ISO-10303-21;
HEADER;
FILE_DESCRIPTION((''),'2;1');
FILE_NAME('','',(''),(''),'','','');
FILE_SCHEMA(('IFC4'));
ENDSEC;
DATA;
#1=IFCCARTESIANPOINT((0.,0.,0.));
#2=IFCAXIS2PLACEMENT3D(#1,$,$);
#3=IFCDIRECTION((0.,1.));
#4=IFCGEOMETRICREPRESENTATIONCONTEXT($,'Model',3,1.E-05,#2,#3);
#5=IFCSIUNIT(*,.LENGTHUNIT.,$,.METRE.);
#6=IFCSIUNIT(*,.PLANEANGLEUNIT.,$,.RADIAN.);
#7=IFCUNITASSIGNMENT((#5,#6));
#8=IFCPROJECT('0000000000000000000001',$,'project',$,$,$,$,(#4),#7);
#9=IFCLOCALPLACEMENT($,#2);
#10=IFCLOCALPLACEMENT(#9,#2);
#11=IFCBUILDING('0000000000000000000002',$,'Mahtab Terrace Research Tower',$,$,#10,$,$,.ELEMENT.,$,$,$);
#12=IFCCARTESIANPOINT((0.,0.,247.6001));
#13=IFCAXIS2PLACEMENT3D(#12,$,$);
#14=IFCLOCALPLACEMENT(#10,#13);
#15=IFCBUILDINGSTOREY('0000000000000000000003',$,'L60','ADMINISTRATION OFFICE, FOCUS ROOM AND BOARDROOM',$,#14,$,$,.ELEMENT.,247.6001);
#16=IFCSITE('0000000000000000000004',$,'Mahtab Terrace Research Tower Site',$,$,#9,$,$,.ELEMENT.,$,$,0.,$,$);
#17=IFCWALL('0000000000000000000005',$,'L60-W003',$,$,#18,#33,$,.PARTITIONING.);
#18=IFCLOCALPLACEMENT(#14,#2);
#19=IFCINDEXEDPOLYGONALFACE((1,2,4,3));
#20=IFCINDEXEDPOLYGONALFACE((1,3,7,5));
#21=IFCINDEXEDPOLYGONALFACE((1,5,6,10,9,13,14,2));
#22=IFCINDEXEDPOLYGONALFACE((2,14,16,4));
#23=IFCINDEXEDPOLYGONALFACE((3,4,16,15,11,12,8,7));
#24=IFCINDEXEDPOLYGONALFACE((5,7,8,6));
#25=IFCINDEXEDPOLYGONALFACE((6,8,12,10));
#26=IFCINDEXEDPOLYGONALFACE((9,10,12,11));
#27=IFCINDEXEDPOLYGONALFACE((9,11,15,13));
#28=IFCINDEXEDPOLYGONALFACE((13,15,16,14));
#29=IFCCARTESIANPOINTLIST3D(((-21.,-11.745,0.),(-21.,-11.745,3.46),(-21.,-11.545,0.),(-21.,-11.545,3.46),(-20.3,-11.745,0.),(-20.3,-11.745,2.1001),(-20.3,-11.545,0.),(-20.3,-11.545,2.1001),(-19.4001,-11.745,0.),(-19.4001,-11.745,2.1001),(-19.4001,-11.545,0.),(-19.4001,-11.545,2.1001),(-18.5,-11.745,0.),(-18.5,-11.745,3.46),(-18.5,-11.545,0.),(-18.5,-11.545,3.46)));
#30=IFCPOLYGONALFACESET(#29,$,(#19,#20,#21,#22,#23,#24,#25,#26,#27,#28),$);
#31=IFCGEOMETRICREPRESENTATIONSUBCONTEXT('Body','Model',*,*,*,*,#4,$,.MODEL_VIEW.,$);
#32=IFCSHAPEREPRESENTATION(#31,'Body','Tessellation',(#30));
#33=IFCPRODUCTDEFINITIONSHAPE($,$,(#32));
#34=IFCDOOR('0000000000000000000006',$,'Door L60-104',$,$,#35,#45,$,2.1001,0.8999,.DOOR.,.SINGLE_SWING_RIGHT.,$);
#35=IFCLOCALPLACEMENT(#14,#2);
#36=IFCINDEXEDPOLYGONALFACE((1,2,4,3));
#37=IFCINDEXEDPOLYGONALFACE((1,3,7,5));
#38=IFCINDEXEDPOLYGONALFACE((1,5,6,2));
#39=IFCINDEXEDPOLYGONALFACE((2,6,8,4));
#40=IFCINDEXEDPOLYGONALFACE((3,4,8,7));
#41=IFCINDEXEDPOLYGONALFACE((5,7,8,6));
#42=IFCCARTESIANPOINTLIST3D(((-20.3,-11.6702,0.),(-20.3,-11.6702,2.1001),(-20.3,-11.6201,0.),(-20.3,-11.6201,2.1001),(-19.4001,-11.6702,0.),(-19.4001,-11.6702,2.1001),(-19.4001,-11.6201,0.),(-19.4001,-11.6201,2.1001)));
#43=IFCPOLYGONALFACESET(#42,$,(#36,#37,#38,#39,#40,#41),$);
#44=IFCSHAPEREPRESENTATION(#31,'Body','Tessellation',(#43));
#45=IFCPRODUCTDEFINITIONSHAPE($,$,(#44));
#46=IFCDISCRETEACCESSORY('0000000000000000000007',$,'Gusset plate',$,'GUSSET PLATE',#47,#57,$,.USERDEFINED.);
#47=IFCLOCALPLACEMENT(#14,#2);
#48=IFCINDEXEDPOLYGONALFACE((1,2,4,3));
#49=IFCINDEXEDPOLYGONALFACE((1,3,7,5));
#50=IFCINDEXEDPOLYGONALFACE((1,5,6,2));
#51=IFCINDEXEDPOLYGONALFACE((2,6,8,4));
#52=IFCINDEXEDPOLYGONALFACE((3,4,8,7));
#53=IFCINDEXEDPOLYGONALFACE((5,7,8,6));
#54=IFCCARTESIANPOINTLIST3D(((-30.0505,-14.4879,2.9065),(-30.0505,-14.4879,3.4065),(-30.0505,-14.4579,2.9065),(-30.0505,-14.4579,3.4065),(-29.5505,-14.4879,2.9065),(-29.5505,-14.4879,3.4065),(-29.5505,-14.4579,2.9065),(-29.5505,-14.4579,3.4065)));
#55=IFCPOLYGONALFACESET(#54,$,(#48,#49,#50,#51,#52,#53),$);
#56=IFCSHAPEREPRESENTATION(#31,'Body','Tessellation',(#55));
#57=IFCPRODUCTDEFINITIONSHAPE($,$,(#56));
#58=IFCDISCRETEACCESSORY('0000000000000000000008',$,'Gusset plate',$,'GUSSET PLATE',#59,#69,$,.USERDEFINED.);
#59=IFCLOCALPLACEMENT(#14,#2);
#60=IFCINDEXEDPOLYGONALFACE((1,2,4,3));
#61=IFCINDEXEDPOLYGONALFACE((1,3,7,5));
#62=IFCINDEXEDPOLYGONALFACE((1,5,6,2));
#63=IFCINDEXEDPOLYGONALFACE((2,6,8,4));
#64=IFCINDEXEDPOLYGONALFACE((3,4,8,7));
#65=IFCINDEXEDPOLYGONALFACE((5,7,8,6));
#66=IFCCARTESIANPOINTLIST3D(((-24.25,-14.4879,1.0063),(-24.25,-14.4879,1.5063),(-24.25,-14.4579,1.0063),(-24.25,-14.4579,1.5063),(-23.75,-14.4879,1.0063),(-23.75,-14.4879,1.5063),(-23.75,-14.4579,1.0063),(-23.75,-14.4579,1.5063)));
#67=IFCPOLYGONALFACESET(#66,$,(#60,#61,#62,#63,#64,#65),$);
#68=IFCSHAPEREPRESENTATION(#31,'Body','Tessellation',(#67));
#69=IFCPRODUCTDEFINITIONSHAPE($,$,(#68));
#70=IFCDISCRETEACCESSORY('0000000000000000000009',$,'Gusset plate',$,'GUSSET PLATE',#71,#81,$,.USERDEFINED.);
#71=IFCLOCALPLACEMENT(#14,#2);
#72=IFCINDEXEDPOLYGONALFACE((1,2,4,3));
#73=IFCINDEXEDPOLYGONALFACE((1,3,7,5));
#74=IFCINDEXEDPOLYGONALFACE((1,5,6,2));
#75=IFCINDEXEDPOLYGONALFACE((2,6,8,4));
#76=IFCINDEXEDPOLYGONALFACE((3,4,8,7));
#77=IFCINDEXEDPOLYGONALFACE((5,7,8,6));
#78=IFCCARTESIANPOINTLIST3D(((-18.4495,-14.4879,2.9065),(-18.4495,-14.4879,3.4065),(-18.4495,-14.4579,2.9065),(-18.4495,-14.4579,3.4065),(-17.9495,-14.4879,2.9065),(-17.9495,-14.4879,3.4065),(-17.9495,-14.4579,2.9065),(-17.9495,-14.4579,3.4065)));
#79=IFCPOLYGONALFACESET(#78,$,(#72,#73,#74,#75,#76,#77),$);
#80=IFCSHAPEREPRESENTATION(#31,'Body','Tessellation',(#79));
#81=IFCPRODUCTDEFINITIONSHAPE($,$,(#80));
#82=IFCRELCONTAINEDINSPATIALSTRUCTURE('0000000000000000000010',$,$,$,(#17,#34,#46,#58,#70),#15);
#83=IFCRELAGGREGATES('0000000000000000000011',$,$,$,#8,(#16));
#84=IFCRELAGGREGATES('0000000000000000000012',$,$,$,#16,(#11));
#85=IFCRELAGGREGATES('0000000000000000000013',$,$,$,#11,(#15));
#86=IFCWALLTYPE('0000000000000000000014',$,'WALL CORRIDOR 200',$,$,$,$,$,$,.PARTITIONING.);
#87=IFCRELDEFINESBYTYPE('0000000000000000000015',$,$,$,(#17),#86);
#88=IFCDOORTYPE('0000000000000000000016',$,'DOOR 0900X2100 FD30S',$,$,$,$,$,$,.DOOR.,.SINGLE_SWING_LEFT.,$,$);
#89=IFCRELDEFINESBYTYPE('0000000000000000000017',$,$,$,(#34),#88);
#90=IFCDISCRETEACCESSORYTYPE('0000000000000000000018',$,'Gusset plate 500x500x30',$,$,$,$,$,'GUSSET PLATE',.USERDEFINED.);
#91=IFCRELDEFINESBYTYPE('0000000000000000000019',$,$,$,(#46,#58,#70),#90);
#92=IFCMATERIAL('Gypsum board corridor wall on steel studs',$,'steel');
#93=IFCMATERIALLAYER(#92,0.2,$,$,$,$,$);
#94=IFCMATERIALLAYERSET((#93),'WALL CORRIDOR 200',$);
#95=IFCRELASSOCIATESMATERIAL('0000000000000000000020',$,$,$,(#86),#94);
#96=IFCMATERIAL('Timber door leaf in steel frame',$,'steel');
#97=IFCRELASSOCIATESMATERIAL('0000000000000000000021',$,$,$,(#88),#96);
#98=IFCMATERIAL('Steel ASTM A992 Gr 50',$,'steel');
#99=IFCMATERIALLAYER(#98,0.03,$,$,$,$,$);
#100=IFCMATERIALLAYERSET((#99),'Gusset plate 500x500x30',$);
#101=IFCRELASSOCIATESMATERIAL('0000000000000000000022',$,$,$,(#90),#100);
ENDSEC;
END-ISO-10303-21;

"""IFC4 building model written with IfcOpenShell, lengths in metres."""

from ifc_helpers import new_model, si_unit, direction, frame, frame_2d, origin, origin_2d, place, context, subcontext, project, spatial, rectangle, extrude, material, layer, layer_set, type_object, element, fill, save


model = new_model("IFC4")

# Units and contexts
model_context = context("Model", 3, precision=1e-05, world=origin(), true_north=direction((0.0, 1.0)))
body_context = subcontext(model_context, "Body", "Model", "MODEL_VIEW")
ifc_project = project(units=[si_unit("LENGTHUNIT", "METRE"), si_unit("PLANEANGLEUNIT", "RADIAN")], contexts=[model_context])

# Site, building, storey
site_placement = place(None, origin())
site = spatial("IfcSite", under=ifc_project, at=site_placement, Name="Mahtab Terrace Research Tower Site", CompositionType="ELEMENT", RefElevation=0.0)
building_placement = place(site_placement, origin())
building = spatial("IfcBuilding", under=site, at=building_placement, Name="Mahtab Terrace Research Tower", CompositionType="ELEMENT")
storey_placement = place(building_placement, frame((0.0, 0.0, 247.6001)))
storey = spatial("IfcBuildingStorey", under=building, at=storey_placement, Name="L60", Description="ADMINISTRATION OFFICE, FOCUS ROOM AND BOARDROOM", CompositionType="ELEMENT", Elevation=247.6001)

# Shared definitions
ifc_material_1 = material(Name="Steel ASTM A992 Gr 50", Category="steel")

# Wall, opening, door
ifc_material_2 = material(Name="Gypsum board corridor wall on steel studs", Category="steel")
ifc_layer_1 = layer(ifc_material_2, 0.2)
ifc_layer_set_1 = layer_set([ifc_layer_1], Name="WALL CORRIDOR 200")
wall_type_1 = type_object("IfcWallType", Name="WALL CORRIDOR 200", PredefinedType="PARTITIONING", material=ifc_layer_set_1)
ifc_material_3 = material(Name="Timber door leaf in steel frame", Category="steel")
door_type_1 = type_object("IfcDoorType", Name="DOOR 0900X2100 FD30S", OperationType="SINGLE_SWING_LEFT", PredefinedType="DOOR", material=ifc_material_3)
wall_1_placement = place(storey_placement, frame((-21.0, -11.645, 0.0), z_axis=(0.0, 0.0, 1.0), x_axis=(1.0, 0.0, 0.0)))
wall_1 = element("IfcWall", 1, at=wall_1_placement, inside=storey, type_object=wall_type_1, Name="L60-W003", PredefinedType="PARTITIONING", context=body_context, shape_type="SweptSolid", body=[
    extrude(rectangle(XDim=2.5, YDim=0.2, at=frame_2d((1.25, 0.0))), origin(), (0.0, 0.0, 1.0), 3.46),
])
opening_1_placement = place(wall_1_placement, frame((0.7, 0.0, 0.0)))
opening_1 = element("IfcOpeningElement", 2, at=opening_1_placement, cuts=wall_1, PredefinedType="OPENING", context=body_context, shape_type="SweptSolid", body=[
    extrude(rectangle(XDim=0.8999, YDim=2.1001, at=frame_2d((0.45, 1.05))), frame((0.0, 0.1099, 0.0), z_axis=(0.0, -1.0, 0.0), x_axis=(1.0, 0.0, 0.0)), (0.0, 0.0, 1.0), 0.22),
])
door_1_placement = place(opening_1_placement, origin())
door_1 = element("IfcDoor", 3, at=door_1_placement, inside=storey, type_object=door_type_1, Name="Door L60-104", OperationType="SINGLE_SWING_RIGHT", OverallHeight=2.1001, OverallWidth=0.8999, PredefinedType="DOOR", context=body_context, shape_type="SweptSolid", body=[
    extrude(rectangle(XDim=0.8999, YDim=2.1001, at=frame_2d((0.45, 1.05))), frame((0.0, 0.0249, 0.0), z_axis=(0.0, -1.0, 0.0), x_axis=(1.0, 0.0, 0.0)), (0.0, 0.0, 1.0), 0.05),
])
fill(opening_1, door_1)

# Discrete accessories
ifc_layer_2 = layer(ifc_material_1, 0.03)
ifc_layer_set_2 = layer_set([ifc_layer_2], Name="Gusset plate 500x500x30")
discrete_accessory_type = type_object("IfcDiscreteAccessoryType", Name="Gusset plate 500x500x30", ElementType="GUSSET PLATE", PredefinedType="USERDEFINED", material=ifc_layer_set_2)
for number, where, z_axis, x_axis, name in (
    (4, (-29.8005, -14.4729, 2.9065), (0.0, 0.0, 1.0), (1.0, 0.0, 0.0), "Gusset plate"),
    (5, (-24.0, -14.4729, 1.0063), (0.0, 0.0, 1.0), (1.0, 0.0, 0.0), "Gusset plate"),
    (6, (-18.1995, -14.4729, 2.9065), (0.0, 0.0, 1.0), (1.0, 0.0, 0.0), "Gusset plate"),
):
    element("IfcDiscreteAccessory", number, at=place(storey_placement, frame(where, z_axis=z_axis, x_axis=x_axis)), inside=storey, type_object=discrete_accessory_type, Name=name, ObjectType="GUSSET PLATE", PredefinedType="USERDEFINED", context=body_context, shape_type="SweptSolid", body=[
        extrude(rectangle(XDim=0.5, YDim=0.03, at=origin_2d()), origin(), (0.0, 0.0, 1.0), 0.5),
    ])

save(model, "model.ifc")
